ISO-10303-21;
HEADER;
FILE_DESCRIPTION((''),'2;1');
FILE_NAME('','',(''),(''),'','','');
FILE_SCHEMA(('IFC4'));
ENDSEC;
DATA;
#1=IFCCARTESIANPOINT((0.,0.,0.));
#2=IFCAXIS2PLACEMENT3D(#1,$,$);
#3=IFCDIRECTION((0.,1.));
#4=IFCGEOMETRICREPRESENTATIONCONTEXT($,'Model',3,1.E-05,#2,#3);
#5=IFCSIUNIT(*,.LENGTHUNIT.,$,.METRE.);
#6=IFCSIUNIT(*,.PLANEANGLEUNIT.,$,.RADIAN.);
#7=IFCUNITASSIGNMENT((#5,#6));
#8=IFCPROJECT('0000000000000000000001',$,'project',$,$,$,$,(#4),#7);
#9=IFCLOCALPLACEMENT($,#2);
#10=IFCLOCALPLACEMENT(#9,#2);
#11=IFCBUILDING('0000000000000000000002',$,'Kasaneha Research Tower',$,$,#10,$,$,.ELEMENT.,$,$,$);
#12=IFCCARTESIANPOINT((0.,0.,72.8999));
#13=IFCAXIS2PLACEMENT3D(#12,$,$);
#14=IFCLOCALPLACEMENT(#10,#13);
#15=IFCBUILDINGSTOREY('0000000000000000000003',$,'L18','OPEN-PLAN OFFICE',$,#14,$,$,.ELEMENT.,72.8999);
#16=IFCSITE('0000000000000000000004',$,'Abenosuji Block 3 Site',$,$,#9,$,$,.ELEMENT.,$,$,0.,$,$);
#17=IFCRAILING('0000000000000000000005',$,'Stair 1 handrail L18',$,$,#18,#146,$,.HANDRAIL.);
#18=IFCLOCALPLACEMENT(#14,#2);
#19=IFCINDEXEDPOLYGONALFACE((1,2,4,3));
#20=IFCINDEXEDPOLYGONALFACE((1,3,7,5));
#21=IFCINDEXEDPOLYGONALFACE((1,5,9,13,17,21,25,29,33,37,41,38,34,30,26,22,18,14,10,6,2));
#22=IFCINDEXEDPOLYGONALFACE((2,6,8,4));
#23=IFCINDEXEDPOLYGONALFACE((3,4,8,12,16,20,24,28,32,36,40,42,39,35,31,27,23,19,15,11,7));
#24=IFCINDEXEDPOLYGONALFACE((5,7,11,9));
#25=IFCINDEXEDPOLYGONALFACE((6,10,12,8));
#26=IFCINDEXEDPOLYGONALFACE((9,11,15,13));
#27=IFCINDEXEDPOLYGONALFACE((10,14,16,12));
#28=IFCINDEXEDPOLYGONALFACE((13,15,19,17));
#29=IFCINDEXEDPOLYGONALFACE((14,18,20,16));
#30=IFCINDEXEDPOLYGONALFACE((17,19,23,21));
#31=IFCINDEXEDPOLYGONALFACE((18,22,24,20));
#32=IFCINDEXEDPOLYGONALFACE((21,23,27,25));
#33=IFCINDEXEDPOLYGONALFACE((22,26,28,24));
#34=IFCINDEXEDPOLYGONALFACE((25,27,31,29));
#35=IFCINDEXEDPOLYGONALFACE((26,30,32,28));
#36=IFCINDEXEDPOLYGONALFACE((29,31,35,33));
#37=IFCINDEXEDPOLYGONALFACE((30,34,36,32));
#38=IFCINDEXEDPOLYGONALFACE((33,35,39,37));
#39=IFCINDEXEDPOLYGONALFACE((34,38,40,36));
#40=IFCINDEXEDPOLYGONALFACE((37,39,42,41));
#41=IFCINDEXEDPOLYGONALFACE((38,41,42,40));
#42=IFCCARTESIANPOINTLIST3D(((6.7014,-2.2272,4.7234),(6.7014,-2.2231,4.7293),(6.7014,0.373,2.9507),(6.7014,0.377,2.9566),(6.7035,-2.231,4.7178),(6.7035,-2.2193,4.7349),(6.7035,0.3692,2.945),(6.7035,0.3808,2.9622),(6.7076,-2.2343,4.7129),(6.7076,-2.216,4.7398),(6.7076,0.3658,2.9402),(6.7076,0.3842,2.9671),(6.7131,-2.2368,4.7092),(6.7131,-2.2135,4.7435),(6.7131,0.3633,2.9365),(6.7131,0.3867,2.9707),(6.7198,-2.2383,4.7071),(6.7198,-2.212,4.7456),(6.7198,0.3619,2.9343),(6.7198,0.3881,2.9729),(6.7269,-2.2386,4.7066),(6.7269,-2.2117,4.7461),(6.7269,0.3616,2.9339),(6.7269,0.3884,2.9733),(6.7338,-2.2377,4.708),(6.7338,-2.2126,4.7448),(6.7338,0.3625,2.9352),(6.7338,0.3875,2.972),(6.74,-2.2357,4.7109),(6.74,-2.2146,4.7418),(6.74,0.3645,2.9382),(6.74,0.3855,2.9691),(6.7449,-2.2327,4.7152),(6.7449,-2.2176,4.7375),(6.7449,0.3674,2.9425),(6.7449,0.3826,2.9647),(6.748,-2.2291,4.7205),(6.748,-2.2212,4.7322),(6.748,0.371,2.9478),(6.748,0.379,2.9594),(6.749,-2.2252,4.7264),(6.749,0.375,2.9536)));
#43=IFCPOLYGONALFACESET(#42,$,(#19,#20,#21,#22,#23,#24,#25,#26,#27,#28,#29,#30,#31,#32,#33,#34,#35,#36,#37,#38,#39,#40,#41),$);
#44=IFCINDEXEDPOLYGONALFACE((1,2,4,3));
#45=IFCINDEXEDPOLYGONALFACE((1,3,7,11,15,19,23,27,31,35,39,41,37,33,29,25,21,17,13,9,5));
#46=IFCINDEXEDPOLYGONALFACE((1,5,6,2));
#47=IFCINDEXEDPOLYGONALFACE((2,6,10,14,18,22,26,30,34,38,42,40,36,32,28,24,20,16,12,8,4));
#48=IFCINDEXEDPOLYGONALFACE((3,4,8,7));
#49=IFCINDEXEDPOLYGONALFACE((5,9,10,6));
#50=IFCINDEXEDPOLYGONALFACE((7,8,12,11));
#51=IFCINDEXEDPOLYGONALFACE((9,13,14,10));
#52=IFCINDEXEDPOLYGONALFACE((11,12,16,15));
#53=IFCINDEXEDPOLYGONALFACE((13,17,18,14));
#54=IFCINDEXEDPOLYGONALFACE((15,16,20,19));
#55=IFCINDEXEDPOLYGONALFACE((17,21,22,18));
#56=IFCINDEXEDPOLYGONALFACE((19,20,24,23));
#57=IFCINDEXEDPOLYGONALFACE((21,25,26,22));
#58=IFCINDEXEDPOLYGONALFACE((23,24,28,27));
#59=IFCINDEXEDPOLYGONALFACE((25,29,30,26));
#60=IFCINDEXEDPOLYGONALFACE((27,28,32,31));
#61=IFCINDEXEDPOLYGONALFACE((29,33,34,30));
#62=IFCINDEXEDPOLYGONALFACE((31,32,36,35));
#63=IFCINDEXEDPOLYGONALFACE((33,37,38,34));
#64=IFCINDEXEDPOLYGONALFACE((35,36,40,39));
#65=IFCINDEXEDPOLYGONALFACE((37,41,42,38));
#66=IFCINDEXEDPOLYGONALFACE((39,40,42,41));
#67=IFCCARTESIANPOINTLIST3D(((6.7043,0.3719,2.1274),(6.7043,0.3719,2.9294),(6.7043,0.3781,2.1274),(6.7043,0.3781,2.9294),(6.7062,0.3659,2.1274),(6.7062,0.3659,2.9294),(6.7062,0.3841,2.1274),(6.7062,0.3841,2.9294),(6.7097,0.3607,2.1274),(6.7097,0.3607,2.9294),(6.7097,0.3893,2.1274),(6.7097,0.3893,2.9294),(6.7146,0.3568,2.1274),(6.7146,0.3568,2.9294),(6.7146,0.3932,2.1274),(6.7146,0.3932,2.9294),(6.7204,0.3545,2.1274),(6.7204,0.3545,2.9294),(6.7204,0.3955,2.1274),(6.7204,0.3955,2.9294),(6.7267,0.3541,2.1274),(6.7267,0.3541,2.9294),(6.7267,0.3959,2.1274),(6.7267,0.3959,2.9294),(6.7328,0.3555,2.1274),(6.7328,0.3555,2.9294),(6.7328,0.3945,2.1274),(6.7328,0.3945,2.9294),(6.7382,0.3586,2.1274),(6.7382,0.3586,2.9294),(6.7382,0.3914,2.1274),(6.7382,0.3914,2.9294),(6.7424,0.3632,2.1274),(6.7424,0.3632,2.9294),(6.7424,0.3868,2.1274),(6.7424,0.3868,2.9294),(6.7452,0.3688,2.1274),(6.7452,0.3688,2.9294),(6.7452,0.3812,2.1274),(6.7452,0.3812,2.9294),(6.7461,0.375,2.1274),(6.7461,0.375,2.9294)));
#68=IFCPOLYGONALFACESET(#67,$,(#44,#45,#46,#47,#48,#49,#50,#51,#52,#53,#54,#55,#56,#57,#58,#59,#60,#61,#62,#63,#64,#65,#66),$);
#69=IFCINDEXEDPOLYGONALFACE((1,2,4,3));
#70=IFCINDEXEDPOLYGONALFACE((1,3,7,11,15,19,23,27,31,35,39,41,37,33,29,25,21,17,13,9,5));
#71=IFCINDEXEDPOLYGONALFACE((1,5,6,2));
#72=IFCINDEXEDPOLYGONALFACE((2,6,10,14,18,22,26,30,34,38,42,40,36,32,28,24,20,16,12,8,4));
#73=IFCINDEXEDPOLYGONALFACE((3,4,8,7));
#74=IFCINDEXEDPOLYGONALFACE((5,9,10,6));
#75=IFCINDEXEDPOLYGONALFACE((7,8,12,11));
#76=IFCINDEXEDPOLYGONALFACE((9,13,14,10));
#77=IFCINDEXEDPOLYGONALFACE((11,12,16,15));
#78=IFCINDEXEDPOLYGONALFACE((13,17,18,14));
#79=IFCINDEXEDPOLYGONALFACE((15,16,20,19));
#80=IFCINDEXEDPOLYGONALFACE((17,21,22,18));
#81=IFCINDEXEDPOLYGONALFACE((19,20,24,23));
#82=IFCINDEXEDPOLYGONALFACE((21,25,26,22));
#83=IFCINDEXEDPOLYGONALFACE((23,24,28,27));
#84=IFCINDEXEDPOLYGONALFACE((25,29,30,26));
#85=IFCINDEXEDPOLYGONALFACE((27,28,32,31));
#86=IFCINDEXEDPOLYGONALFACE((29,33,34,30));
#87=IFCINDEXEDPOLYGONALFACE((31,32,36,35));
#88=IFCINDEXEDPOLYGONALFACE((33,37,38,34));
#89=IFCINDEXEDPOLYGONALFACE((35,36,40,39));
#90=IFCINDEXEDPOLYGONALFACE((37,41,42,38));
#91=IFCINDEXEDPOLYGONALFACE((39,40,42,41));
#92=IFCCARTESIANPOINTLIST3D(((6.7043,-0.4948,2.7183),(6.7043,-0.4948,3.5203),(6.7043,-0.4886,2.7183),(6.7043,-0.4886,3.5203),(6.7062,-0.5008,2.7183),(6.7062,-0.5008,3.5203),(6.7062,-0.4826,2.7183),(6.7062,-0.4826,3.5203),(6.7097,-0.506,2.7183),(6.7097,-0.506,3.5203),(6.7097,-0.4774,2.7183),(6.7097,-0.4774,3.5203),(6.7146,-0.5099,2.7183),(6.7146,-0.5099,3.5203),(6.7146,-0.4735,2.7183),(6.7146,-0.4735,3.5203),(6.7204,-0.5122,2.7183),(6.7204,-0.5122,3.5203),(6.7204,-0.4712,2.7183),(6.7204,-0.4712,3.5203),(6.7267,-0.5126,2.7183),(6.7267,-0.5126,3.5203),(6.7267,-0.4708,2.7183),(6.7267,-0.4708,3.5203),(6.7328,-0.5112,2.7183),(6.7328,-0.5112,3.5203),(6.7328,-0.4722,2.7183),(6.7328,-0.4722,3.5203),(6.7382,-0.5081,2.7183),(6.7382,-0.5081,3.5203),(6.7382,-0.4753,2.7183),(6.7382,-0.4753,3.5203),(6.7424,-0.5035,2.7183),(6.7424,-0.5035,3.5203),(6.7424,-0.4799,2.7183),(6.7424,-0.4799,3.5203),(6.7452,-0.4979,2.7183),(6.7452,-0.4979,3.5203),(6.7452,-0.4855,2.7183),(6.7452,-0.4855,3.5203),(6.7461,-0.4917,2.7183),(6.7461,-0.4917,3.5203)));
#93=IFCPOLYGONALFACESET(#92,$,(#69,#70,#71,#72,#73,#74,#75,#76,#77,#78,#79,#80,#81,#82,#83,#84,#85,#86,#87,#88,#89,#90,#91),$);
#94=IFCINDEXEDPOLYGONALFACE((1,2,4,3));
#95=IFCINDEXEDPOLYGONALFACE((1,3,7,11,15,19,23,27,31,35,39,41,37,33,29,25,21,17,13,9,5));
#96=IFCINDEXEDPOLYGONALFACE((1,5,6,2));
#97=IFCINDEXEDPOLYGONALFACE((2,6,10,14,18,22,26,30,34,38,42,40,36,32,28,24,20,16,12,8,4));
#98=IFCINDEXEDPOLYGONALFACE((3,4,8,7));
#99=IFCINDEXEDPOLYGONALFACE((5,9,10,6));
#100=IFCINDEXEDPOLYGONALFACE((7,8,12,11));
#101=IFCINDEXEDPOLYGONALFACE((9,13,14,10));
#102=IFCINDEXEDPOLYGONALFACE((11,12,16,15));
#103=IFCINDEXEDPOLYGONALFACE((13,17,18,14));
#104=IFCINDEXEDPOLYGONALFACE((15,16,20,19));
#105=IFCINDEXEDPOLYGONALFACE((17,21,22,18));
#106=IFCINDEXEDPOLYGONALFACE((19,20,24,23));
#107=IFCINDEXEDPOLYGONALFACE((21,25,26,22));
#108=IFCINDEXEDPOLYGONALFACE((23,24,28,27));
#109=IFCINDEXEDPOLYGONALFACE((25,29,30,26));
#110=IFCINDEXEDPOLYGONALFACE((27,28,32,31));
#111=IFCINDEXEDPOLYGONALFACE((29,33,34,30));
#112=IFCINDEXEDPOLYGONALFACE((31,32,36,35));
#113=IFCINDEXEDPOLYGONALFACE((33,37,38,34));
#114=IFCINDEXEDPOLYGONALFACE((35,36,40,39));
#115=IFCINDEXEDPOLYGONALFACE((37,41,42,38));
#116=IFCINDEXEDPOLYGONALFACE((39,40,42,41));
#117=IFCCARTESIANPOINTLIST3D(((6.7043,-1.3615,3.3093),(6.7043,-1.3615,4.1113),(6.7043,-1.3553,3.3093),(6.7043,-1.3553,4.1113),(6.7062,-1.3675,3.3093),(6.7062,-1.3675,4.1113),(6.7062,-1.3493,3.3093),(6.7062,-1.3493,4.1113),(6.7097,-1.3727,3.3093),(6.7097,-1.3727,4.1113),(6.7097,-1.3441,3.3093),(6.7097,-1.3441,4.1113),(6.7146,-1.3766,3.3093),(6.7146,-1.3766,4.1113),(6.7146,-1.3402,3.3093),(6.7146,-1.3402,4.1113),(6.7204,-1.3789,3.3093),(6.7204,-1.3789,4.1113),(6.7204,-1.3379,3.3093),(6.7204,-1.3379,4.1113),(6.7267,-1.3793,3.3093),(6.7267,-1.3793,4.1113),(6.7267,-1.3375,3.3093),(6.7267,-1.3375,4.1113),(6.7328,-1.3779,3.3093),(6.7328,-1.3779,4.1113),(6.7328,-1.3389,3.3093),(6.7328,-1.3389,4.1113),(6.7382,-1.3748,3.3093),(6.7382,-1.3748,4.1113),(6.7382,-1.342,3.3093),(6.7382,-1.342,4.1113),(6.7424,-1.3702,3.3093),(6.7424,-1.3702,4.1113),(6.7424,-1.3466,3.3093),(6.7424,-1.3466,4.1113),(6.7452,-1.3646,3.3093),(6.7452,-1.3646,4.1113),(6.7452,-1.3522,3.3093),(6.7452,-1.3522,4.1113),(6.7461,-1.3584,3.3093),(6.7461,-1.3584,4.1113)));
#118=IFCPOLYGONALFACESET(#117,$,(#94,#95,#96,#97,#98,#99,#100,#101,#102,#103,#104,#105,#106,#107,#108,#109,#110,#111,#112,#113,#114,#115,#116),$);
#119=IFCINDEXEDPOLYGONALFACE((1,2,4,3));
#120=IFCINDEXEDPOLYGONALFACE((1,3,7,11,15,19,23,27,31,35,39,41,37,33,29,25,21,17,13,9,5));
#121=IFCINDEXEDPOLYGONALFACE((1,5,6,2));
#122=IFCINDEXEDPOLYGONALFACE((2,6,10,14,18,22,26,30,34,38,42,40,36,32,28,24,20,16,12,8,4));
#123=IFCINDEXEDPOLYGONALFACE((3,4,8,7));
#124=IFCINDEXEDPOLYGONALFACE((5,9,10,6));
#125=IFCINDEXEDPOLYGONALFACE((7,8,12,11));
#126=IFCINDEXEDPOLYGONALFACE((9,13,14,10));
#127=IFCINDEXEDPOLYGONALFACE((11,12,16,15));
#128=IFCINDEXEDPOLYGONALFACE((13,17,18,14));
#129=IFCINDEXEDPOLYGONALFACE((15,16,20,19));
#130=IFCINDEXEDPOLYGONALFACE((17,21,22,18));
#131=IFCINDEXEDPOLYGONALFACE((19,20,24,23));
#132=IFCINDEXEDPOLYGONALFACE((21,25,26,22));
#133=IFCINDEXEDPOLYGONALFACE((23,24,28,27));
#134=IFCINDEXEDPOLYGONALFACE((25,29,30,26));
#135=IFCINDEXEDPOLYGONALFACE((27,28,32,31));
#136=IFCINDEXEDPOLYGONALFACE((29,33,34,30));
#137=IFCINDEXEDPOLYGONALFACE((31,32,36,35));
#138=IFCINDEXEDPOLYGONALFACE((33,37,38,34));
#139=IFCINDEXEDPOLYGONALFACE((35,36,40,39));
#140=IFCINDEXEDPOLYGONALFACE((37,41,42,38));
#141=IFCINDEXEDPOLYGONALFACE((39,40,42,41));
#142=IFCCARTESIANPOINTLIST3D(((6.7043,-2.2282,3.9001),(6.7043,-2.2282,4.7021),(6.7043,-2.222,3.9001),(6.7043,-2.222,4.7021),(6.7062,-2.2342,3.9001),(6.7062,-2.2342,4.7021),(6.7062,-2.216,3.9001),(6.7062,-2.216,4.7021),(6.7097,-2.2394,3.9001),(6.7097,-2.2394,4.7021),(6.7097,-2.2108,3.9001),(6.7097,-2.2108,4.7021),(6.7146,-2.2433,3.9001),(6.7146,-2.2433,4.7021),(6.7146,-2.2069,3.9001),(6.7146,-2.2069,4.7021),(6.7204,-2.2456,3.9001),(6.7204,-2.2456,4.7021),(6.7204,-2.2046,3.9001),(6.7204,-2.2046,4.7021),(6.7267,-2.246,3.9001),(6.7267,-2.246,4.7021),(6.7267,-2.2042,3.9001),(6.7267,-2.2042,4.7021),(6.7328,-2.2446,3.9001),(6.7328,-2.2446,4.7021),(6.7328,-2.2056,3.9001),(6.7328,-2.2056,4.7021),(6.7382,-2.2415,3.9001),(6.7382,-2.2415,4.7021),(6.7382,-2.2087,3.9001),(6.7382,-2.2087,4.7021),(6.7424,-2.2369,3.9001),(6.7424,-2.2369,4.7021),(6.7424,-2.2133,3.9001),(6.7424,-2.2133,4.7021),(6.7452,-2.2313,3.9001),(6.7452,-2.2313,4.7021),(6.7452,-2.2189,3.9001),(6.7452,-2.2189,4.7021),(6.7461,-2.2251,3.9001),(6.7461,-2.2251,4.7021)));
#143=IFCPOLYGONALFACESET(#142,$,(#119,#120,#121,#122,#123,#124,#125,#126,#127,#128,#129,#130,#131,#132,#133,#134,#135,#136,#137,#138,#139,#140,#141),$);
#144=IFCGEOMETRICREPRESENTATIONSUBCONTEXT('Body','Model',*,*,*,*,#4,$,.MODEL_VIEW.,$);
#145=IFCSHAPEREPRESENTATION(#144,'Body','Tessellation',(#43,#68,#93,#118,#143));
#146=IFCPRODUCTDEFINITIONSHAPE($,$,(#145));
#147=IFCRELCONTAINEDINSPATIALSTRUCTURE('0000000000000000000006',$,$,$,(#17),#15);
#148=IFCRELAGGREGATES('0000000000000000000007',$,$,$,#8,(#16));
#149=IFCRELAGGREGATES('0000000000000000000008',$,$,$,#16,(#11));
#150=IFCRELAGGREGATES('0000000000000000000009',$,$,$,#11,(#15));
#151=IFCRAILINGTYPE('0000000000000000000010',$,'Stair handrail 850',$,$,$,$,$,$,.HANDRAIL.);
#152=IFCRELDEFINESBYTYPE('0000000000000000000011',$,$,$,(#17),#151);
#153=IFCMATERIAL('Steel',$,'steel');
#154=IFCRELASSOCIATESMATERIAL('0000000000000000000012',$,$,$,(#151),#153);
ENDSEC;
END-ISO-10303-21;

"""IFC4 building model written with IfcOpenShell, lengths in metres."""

from ifc_helpers import new_model, si_unit, direction, frame, origin, origin_2d, place, context, subcontext, project, spatial, circle, extrude, material, type_object, element, save


model = new_model("IFC4")

# Units and contexts
model_context = context("Model", 3, precision=1e-05, world=origin(), true_north=direction((0.0, 1.0)))
body_context = subcontext(model_context, "Body", "Model", "MODEL_VIEW")
ifc_project = project(units=[si_unit("LENGTHUNIT", "METRE"), si_unit("PLANEANGLEUNIT", "RADIAN")], contexts=[model_context])

# Site, building, storey
site_placement = place(None, origin())
site = spatial("IfcSite", under=ifc_project, at=site_placement, Name="Abenosuji Block 3 Site", CompositionType="ELEMENT", RefElevation=0.0)
building_placement = place(site_placement, origin())
building = spatial("IfcBuilding", under=site, at=building_placement, Name="Kasaneha Research Tower", CompositionType="ELEMENT")
storey_placement = place(building_placement, frame((0.0, 0.0, 72.8999)))
storey = spatial("IfcBuildingStorey", under=building, at=storey_placement, Name="L18", Description="OPEN-PLAN OFFICE", CompositionType="ELEMENT", Elevation=72.8999)

# Railing
ifc_material_1 = material(Name="Steel", Category="steel")
railing_type_1 = type_object("IfcRailingType", Name="Stair handrail 850", PredefinedType="HANDRAIL", material=ifc_material_1)
railing_1_placement = place(storey_placement, frame((6.7251, 0.375, 2.1274)))
element("IfcRailing", 1, at=railing_1_placement, inside=storey, type_object=railing_type_1, Name="Stair 1 handrail L18", PredefinedType="HANDRAIL", context=body_context, shape_type="SweptSolid", body=[
    extrude(circle(Radius=0.0239, at=origin_2d()), frame((0.0, 0.0, 0.8262), z_axis=(0.0, -0.82624, 0.563318), x_axis=(1.0, 0.0, 0.0)), (0.0, 0.0, 1.0), 3.147),
    extrude(circle(Radius=0.021, at=origin_2d()), origin(), (0.0, 0.0, 1.0), 0.802),
    extrude(circle(Radius=0.021, at=origin_2d()), frame((0.0, -0.8667, 0.5908)), (0.0, 0.0, 1.0), 0.802),
    extrude(circle(Radius=0.021, at=origin_2d()), frame((0.0, -1.7334, 1.1819)), (0.0, 0.0, 1.0), 0.802),
    extrude(circle(Radius=0.021, at=origin_2d()), frame((0.0, -2.6001, 1.7727)), (0.0, 0.0, 1.0), 0.802),
])

save(model, "model.ifc")
